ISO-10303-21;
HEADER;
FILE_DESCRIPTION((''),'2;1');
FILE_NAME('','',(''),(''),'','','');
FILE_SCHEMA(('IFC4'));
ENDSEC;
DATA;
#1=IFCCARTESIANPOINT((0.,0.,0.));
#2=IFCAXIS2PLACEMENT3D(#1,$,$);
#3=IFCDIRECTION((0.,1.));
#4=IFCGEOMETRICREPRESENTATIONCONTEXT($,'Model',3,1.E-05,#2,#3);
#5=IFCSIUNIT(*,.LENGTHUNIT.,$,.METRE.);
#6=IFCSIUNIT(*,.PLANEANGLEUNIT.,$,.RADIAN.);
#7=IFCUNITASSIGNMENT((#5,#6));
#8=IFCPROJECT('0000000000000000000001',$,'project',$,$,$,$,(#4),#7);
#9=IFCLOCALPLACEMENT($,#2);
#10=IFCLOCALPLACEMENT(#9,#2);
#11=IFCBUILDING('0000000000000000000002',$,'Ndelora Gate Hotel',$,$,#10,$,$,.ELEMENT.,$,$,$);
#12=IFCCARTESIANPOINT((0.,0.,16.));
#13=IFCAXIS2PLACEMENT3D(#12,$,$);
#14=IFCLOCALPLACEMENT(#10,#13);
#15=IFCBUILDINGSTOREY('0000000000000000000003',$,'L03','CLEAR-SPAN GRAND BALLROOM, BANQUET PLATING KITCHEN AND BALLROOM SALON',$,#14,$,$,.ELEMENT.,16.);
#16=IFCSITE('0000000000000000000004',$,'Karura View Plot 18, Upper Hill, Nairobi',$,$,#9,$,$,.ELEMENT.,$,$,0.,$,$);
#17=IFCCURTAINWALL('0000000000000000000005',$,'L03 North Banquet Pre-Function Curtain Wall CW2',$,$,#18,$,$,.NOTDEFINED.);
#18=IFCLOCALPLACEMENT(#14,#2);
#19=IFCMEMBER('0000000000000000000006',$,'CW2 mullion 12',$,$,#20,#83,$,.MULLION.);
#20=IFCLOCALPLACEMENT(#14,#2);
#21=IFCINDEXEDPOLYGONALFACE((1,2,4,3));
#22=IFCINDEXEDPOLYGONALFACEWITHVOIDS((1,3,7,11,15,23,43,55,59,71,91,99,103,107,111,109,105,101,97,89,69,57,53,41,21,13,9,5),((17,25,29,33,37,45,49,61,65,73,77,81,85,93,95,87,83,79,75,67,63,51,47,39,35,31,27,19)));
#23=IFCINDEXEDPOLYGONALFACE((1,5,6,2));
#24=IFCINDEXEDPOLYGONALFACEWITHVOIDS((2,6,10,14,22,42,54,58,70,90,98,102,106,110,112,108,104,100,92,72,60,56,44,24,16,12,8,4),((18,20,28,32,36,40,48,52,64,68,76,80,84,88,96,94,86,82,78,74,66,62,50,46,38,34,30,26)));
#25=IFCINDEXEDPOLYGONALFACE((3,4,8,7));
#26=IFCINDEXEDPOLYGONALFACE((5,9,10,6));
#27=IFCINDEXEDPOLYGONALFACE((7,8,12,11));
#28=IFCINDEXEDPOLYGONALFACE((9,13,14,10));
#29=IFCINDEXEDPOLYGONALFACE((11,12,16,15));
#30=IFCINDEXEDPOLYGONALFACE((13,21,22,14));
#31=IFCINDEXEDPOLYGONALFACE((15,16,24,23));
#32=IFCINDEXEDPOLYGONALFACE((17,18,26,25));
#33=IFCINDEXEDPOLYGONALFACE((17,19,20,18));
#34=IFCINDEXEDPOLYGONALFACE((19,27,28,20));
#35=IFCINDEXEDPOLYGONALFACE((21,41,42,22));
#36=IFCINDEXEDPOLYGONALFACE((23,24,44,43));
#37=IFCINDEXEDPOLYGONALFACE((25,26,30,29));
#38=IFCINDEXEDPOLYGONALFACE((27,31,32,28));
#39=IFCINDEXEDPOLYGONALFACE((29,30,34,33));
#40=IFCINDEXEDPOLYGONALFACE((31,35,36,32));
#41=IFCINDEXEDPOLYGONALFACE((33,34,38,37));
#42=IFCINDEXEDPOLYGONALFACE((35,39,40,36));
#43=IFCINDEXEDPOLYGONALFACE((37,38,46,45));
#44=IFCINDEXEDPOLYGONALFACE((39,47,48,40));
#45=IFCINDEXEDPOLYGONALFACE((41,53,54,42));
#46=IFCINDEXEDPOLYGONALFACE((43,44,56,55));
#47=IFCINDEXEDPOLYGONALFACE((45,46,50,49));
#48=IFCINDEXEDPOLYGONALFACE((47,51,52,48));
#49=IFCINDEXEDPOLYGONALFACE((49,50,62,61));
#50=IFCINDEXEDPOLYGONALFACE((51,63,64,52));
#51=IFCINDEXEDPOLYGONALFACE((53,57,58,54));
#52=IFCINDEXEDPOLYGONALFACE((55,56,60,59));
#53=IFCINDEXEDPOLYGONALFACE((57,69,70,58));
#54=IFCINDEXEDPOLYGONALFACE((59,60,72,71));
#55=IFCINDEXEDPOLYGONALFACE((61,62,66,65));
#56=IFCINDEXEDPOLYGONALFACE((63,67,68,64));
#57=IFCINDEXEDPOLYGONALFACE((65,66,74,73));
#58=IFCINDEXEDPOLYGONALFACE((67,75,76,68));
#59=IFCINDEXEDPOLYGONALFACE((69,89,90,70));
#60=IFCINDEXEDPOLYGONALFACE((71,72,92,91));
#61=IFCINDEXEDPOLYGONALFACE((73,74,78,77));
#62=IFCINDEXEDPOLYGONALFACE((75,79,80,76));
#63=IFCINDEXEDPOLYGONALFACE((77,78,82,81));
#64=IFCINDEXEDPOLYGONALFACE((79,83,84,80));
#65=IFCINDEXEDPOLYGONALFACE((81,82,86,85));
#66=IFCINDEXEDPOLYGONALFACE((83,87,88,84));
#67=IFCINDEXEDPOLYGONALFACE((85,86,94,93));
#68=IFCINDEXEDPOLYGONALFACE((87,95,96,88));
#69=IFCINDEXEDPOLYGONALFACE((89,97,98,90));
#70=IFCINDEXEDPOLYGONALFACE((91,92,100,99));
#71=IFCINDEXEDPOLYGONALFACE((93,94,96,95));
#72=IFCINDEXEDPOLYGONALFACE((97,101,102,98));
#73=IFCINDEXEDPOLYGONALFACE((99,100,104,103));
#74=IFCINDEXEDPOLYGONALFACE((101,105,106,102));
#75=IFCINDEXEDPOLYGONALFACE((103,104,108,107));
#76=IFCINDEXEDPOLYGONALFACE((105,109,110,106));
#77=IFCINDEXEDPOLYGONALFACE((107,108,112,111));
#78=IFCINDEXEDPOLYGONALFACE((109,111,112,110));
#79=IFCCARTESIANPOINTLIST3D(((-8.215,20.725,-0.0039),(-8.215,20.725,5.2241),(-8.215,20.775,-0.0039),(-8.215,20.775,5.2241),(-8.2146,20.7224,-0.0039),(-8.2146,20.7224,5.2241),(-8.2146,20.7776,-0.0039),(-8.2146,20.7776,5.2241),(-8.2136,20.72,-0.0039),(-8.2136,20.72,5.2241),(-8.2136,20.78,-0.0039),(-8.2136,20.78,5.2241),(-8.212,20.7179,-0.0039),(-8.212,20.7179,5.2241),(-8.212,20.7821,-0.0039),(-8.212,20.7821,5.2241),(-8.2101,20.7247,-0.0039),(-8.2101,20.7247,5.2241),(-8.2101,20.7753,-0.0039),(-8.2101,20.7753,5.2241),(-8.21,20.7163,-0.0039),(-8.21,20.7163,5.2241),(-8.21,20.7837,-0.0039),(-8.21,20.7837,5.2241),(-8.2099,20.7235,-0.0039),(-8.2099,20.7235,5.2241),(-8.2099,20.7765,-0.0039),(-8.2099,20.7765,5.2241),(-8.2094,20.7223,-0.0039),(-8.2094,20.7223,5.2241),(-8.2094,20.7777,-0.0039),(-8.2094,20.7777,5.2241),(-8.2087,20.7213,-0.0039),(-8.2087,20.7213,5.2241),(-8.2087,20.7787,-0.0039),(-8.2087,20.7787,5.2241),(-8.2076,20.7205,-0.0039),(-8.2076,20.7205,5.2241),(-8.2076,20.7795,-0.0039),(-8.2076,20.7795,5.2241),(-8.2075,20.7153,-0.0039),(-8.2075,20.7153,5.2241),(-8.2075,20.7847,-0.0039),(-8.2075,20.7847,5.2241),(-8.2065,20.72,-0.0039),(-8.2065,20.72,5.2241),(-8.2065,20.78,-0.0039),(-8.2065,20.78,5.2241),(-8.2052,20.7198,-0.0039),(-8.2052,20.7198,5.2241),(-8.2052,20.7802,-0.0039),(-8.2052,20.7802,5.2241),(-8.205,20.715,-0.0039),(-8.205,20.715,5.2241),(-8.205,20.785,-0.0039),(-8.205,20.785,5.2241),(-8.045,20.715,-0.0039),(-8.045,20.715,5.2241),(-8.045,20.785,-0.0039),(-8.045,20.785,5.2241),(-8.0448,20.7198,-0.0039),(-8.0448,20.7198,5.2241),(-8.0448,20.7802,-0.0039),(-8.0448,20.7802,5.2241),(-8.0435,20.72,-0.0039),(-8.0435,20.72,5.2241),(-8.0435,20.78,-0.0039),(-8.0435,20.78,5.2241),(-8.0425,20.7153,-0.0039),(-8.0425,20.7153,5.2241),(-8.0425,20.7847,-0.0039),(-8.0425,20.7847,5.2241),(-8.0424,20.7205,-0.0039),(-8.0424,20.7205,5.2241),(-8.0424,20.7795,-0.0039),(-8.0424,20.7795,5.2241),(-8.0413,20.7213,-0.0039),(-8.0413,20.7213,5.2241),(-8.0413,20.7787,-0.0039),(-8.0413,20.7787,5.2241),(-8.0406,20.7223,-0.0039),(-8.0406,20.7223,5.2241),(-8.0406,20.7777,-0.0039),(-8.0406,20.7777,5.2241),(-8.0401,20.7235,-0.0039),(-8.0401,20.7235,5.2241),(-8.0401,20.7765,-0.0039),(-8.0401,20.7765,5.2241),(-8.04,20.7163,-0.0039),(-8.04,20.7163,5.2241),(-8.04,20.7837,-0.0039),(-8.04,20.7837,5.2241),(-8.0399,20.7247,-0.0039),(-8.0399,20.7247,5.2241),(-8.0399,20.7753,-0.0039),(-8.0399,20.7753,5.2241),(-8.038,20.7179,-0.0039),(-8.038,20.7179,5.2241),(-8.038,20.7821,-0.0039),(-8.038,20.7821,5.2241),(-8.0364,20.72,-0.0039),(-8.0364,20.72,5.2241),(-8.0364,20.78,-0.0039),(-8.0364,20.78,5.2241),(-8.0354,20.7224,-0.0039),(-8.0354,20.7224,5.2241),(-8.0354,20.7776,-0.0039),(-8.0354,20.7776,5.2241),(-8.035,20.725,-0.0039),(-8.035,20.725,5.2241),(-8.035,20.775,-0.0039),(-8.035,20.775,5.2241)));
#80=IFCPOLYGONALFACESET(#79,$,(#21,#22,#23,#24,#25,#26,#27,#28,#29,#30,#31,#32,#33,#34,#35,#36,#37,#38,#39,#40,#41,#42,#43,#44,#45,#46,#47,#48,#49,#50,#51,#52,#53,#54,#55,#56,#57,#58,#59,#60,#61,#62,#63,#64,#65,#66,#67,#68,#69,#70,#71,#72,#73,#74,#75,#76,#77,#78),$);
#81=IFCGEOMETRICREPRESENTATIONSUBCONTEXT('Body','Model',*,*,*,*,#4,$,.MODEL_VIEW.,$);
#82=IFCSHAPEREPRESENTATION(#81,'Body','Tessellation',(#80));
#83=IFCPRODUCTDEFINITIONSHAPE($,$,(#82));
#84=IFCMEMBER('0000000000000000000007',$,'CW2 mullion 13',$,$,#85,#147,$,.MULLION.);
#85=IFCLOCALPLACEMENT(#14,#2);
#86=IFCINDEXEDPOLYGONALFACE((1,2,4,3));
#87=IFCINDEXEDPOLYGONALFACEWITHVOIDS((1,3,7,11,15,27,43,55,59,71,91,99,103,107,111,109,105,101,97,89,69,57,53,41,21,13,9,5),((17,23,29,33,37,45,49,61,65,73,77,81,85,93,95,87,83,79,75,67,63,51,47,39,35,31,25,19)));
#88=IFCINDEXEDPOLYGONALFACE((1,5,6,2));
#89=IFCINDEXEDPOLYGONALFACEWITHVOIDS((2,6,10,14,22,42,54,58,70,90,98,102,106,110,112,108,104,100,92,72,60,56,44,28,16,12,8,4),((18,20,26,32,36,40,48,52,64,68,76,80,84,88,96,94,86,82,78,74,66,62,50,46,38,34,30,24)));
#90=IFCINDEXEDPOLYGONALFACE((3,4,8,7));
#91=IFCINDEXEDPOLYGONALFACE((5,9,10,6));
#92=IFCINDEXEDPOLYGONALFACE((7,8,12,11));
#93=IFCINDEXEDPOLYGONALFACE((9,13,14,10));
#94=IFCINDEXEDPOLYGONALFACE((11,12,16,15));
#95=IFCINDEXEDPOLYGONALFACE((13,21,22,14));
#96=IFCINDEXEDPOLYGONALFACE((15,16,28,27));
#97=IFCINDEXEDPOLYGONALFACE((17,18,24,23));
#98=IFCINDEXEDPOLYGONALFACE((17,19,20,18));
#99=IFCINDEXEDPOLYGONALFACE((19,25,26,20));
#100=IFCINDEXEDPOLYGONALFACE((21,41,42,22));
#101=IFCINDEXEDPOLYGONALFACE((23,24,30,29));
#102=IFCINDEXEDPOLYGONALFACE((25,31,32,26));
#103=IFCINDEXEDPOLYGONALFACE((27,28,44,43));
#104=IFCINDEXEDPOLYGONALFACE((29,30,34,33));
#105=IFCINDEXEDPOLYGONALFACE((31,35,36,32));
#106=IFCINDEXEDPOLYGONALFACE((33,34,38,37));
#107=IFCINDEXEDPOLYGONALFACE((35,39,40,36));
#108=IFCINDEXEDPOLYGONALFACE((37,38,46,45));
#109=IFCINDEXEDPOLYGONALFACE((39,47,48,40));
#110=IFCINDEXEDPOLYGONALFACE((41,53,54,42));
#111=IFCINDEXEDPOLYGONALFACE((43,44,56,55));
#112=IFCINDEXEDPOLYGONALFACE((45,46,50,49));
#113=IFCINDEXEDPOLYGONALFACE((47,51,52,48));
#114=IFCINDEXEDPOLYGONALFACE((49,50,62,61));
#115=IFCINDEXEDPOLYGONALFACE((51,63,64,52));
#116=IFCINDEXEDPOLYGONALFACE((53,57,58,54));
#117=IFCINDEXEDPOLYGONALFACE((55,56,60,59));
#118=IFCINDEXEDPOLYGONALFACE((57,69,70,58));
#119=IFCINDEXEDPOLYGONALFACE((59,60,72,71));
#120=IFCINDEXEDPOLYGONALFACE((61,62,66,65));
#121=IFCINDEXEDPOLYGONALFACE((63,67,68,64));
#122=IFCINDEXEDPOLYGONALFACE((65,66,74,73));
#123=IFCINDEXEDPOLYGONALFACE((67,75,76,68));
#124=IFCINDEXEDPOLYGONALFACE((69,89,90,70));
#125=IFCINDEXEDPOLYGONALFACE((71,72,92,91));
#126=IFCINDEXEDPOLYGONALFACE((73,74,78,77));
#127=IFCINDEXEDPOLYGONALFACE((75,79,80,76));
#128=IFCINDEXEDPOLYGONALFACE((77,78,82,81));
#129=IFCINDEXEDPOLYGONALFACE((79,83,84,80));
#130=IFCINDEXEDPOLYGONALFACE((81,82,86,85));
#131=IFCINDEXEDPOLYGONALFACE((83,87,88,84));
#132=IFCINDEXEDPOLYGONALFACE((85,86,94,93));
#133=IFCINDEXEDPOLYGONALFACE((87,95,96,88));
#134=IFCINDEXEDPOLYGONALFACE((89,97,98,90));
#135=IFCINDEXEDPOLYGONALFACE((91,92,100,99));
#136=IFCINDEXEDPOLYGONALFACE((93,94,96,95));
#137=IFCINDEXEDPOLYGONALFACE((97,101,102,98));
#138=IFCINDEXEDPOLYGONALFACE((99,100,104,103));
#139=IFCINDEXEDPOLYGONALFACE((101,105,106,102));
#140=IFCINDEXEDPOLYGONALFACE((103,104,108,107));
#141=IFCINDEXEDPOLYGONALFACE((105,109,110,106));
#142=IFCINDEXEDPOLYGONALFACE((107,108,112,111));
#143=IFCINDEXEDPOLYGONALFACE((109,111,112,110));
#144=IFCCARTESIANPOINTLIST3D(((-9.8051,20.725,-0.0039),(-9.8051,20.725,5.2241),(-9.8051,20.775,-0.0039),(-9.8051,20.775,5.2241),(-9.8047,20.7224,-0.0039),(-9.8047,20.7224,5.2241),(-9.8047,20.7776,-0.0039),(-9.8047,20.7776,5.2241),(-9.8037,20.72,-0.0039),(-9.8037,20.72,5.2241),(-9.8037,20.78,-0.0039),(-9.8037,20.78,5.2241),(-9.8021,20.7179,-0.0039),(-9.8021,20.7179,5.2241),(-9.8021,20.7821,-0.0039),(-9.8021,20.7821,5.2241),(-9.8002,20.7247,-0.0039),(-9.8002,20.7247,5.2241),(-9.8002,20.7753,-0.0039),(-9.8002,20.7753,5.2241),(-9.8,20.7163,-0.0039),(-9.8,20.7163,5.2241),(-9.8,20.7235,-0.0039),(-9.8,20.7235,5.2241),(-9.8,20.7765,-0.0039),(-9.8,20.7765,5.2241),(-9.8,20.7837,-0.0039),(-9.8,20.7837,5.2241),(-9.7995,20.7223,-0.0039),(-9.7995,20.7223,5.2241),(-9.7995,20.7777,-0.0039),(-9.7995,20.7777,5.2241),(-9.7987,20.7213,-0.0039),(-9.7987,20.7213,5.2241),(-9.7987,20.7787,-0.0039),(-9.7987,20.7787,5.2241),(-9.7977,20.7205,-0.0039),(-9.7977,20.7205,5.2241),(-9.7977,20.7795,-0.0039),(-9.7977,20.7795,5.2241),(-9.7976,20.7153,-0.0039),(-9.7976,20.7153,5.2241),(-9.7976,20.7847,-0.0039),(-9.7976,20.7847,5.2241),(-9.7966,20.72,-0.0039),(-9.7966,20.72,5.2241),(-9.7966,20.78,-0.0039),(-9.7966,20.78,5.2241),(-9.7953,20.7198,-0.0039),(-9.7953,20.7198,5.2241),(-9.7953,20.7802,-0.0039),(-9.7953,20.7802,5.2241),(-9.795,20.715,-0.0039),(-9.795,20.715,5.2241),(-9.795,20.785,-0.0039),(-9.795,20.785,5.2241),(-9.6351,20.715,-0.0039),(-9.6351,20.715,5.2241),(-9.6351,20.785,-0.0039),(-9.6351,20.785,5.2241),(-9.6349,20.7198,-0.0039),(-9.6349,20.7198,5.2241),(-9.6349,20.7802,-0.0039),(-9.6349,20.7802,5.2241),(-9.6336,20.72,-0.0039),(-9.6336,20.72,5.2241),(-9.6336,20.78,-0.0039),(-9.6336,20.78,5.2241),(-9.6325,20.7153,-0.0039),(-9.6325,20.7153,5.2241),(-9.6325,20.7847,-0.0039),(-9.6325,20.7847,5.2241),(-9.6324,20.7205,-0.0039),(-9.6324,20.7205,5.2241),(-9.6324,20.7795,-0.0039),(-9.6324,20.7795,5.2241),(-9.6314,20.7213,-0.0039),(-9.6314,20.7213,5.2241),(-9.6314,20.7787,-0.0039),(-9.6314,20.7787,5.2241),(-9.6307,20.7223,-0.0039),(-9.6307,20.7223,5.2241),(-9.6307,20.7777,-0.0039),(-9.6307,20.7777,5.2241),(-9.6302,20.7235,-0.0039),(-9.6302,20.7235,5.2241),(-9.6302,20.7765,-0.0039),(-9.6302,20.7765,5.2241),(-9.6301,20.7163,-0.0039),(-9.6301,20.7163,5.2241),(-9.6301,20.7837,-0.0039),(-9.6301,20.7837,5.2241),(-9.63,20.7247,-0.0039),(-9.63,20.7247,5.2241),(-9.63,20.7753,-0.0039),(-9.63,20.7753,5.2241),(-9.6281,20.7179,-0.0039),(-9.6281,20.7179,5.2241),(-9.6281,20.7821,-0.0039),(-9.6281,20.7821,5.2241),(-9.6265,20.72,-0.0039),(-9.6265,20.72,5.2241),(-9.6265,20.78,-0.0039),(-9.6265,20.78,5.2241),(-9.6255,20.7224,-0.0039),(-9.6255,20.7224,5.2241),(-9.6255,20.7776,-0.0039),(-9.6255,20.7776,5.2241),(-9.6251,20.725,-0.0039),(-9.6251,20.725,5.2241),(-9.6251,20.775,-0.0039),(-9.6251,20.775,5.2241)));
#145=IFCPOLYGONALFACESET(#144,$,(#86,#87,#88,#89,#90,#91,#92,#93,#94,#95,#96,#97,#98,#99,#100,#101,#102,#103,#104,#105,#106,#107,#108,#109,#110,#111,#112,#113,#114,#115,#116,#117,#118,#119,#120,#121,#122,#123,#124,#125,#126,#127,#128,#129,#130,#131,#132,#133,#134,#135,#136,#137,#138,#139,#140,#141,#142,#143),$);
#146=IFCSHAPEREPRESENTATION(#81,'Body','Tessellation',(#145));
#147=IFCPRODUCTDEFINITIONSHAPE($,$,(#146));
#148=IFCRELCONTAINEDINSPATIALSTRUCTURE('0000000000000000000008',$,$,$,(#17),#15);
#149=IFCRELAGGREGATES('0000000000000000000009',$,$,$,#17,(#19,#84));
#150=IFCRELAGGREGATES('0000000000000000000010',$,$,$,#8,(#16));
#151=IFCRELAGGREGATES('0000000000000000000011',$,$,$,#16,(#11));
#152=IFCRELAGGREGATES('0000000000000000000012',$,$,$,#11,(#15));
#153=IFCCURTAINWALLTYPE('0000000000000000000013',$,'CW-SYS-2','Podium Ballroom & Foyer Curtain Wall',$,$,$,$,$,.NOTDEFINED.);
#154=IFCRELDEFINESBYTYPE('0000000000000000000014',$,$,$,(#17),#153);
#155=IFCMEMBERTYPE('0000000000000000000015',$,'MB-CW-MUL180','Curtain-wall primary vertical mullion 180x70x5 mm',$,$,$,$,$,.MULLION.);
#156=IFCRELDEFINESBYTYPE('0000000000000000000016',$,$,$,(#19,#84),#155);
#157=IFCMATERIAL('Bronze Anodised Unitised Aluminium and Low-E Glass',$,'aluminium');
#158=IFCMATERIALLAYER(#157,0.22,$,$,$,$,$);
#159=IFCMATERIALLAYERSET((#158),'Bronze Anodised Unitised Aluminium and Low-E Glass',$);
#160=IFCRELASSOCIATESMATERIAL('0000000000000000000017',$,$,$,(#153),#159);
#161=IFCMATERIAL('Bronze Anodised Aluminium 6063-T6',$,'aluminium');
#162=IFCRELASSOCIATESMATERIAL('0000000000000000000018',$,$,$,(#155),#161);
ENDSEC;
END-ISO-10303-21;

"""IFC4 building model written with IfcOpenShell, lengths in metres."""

from ifc_helpers import new_model, si_unit, direction, frame, origin, origin_2d, place, context, subcontext, project, spatial, hollow_rectangle, extrude, material, layer, layer_set, material_profile, profile_set, type_object, element, aggregate, save


model = new_model("IFC4")

# Units and contexts
model_context = context("Model", 3, precision=1e-05, world=origin(), true_north=direction((0.0, 1.0)))
body_context = subcontext(model_context, "Body", "Model", "MODEL_VIEW")
ifc_project = project(units=[si_unit("LENGTHUNIT", "METRE"), si_unit("PLANEANGLEUNIT", "RADIAN")], contexts=[model_context])

# Site, building, storey
site_placement = place(None, origin())
site = spatial("IfcSite", under=ifc_project, at=site_placement, Name="Karura View Plot 18, Upper Hill, Nairobi", CompositionType="ELEMENT", RefElevation=0.0)
building_placement = place(site_placement, origin())
building = spatial("IfcBuilding", under=site, at=building_placement, Name="Ndelora Gate Hotel", CompositionType="ELEMENT")
storey_placement = place(building_placement, frame((0.0, 0.0, 16.0)))
storey = spatial("IfcBuildingStorey", under=building, at=storey_placement, Name="L03", Description="CLEAR-SPAN GRAND BALLROOM, BANQUET PLATING KITCHEN AND BALLROOM SALON", CompositionType="ELEMENT", Elevation=16.0)

# Curtain wall, members
ifc_material_1 = material(Name="Bronze Anodised Unitised Aluminium and Low-E Glass", Category="aluminium")
ifc_layer_1 = layer(ifc_material_1, 0.22)
ifc_layer_set_1 = layer_set([ifc_layer_1], Name="Bronze Anodised Unitised Aluminium and Low-E Glass")
curtain_wall_type = type_object("IfcCurtainWallType", Name="CW-SYS-2", Description="Podium Ballroom & Foyer Curtain Wall", PredefinedType="NOTDEFINED", material=ifc_layer_set_1)
curtain_wall_placement = place(storey_placement, origin())
curtain_wall = element("IfcCurtainWall", 1, at=curtain_wall_placement, inside=storey, type_object=curtain_wall_type, Name="L03 North Banquet Pre-Function Curtain Wall CW2", PredefinedType="NOTDEFINED")
ifc_material_2 = material(Name="Bronze Anodised Aluminium 6063-T6", Category="aluminium")
ifc_material_profile_1 = material_profile(ifc_material_2, hollow_rectangle(XDim=0.0701, YDim=0.1799, WallThickness=0.0049, InnerFilletRadius=0.0049, OuterFilletRadius=0.01, at=origin_2d()), Name="ALU 180x70x5")
ifc_profile_set_1 = profile_set([ifc_material_profile_1], Name="Bronze Anodised Aluminium 6063-T6")
member_type_1 = type_object("IfcMemberType", Name="MB-CW-MUL180", Description="Curtain-wall primary vertical mullion 180x70x5 mm", PredefinedType="MULLION", material=ifc_profile_set_1)
member_1_placement = place(storey_placement, frame((-8.125, 20.75, -0.0039), z_axis=(0.0, 0.0, 1.0), x_axis=(0.0, -1.0, 0.0)))
member_1 = element("IfcMember", 2, at=member_1_placement, type_object=member_type_1, Name="CW2 mullion 12", PredefinedType="MULLION", context=body_context, shape_type="SweptSolid", body=[
    extrude(hollow_rectangle(XDim=0.0701, YDim=0.1799, WallThickness=0.0049, InnerFilletRadius=0.0049, OuterFilletRadius=0.01, at=origin_2d()), origin(), (0.0, 0.0, 1.0), 5.228),
])
member_2_placement = place(storey_placement, frame((-9.7151, 20.75, -0.0039), z_axis=(0.0, 0.0, 1.0), x_axis=(0.0, -1.0, 0.0)))
member_2 = element("IfcMember", 3, at=member_2_placement, type_object=member_type_1, Name="CW2 mullion 13", PredefinedType="MULLION", context=body_context, shape_type="SweptSolid", body=[
    extrude(hollow_rectangle(XDim=0.0701, YDim=0.1799, WallThickness=0.0049, InnerFilletRadius=0.0049, OuterFilletRadius=0.01, at=origin_2d()), origin(), (0.0, 0.0, 1.0), 5.228),
])

aggregate(curtain_wall, [member_1, member_2])

save(model, "model.ifc")
